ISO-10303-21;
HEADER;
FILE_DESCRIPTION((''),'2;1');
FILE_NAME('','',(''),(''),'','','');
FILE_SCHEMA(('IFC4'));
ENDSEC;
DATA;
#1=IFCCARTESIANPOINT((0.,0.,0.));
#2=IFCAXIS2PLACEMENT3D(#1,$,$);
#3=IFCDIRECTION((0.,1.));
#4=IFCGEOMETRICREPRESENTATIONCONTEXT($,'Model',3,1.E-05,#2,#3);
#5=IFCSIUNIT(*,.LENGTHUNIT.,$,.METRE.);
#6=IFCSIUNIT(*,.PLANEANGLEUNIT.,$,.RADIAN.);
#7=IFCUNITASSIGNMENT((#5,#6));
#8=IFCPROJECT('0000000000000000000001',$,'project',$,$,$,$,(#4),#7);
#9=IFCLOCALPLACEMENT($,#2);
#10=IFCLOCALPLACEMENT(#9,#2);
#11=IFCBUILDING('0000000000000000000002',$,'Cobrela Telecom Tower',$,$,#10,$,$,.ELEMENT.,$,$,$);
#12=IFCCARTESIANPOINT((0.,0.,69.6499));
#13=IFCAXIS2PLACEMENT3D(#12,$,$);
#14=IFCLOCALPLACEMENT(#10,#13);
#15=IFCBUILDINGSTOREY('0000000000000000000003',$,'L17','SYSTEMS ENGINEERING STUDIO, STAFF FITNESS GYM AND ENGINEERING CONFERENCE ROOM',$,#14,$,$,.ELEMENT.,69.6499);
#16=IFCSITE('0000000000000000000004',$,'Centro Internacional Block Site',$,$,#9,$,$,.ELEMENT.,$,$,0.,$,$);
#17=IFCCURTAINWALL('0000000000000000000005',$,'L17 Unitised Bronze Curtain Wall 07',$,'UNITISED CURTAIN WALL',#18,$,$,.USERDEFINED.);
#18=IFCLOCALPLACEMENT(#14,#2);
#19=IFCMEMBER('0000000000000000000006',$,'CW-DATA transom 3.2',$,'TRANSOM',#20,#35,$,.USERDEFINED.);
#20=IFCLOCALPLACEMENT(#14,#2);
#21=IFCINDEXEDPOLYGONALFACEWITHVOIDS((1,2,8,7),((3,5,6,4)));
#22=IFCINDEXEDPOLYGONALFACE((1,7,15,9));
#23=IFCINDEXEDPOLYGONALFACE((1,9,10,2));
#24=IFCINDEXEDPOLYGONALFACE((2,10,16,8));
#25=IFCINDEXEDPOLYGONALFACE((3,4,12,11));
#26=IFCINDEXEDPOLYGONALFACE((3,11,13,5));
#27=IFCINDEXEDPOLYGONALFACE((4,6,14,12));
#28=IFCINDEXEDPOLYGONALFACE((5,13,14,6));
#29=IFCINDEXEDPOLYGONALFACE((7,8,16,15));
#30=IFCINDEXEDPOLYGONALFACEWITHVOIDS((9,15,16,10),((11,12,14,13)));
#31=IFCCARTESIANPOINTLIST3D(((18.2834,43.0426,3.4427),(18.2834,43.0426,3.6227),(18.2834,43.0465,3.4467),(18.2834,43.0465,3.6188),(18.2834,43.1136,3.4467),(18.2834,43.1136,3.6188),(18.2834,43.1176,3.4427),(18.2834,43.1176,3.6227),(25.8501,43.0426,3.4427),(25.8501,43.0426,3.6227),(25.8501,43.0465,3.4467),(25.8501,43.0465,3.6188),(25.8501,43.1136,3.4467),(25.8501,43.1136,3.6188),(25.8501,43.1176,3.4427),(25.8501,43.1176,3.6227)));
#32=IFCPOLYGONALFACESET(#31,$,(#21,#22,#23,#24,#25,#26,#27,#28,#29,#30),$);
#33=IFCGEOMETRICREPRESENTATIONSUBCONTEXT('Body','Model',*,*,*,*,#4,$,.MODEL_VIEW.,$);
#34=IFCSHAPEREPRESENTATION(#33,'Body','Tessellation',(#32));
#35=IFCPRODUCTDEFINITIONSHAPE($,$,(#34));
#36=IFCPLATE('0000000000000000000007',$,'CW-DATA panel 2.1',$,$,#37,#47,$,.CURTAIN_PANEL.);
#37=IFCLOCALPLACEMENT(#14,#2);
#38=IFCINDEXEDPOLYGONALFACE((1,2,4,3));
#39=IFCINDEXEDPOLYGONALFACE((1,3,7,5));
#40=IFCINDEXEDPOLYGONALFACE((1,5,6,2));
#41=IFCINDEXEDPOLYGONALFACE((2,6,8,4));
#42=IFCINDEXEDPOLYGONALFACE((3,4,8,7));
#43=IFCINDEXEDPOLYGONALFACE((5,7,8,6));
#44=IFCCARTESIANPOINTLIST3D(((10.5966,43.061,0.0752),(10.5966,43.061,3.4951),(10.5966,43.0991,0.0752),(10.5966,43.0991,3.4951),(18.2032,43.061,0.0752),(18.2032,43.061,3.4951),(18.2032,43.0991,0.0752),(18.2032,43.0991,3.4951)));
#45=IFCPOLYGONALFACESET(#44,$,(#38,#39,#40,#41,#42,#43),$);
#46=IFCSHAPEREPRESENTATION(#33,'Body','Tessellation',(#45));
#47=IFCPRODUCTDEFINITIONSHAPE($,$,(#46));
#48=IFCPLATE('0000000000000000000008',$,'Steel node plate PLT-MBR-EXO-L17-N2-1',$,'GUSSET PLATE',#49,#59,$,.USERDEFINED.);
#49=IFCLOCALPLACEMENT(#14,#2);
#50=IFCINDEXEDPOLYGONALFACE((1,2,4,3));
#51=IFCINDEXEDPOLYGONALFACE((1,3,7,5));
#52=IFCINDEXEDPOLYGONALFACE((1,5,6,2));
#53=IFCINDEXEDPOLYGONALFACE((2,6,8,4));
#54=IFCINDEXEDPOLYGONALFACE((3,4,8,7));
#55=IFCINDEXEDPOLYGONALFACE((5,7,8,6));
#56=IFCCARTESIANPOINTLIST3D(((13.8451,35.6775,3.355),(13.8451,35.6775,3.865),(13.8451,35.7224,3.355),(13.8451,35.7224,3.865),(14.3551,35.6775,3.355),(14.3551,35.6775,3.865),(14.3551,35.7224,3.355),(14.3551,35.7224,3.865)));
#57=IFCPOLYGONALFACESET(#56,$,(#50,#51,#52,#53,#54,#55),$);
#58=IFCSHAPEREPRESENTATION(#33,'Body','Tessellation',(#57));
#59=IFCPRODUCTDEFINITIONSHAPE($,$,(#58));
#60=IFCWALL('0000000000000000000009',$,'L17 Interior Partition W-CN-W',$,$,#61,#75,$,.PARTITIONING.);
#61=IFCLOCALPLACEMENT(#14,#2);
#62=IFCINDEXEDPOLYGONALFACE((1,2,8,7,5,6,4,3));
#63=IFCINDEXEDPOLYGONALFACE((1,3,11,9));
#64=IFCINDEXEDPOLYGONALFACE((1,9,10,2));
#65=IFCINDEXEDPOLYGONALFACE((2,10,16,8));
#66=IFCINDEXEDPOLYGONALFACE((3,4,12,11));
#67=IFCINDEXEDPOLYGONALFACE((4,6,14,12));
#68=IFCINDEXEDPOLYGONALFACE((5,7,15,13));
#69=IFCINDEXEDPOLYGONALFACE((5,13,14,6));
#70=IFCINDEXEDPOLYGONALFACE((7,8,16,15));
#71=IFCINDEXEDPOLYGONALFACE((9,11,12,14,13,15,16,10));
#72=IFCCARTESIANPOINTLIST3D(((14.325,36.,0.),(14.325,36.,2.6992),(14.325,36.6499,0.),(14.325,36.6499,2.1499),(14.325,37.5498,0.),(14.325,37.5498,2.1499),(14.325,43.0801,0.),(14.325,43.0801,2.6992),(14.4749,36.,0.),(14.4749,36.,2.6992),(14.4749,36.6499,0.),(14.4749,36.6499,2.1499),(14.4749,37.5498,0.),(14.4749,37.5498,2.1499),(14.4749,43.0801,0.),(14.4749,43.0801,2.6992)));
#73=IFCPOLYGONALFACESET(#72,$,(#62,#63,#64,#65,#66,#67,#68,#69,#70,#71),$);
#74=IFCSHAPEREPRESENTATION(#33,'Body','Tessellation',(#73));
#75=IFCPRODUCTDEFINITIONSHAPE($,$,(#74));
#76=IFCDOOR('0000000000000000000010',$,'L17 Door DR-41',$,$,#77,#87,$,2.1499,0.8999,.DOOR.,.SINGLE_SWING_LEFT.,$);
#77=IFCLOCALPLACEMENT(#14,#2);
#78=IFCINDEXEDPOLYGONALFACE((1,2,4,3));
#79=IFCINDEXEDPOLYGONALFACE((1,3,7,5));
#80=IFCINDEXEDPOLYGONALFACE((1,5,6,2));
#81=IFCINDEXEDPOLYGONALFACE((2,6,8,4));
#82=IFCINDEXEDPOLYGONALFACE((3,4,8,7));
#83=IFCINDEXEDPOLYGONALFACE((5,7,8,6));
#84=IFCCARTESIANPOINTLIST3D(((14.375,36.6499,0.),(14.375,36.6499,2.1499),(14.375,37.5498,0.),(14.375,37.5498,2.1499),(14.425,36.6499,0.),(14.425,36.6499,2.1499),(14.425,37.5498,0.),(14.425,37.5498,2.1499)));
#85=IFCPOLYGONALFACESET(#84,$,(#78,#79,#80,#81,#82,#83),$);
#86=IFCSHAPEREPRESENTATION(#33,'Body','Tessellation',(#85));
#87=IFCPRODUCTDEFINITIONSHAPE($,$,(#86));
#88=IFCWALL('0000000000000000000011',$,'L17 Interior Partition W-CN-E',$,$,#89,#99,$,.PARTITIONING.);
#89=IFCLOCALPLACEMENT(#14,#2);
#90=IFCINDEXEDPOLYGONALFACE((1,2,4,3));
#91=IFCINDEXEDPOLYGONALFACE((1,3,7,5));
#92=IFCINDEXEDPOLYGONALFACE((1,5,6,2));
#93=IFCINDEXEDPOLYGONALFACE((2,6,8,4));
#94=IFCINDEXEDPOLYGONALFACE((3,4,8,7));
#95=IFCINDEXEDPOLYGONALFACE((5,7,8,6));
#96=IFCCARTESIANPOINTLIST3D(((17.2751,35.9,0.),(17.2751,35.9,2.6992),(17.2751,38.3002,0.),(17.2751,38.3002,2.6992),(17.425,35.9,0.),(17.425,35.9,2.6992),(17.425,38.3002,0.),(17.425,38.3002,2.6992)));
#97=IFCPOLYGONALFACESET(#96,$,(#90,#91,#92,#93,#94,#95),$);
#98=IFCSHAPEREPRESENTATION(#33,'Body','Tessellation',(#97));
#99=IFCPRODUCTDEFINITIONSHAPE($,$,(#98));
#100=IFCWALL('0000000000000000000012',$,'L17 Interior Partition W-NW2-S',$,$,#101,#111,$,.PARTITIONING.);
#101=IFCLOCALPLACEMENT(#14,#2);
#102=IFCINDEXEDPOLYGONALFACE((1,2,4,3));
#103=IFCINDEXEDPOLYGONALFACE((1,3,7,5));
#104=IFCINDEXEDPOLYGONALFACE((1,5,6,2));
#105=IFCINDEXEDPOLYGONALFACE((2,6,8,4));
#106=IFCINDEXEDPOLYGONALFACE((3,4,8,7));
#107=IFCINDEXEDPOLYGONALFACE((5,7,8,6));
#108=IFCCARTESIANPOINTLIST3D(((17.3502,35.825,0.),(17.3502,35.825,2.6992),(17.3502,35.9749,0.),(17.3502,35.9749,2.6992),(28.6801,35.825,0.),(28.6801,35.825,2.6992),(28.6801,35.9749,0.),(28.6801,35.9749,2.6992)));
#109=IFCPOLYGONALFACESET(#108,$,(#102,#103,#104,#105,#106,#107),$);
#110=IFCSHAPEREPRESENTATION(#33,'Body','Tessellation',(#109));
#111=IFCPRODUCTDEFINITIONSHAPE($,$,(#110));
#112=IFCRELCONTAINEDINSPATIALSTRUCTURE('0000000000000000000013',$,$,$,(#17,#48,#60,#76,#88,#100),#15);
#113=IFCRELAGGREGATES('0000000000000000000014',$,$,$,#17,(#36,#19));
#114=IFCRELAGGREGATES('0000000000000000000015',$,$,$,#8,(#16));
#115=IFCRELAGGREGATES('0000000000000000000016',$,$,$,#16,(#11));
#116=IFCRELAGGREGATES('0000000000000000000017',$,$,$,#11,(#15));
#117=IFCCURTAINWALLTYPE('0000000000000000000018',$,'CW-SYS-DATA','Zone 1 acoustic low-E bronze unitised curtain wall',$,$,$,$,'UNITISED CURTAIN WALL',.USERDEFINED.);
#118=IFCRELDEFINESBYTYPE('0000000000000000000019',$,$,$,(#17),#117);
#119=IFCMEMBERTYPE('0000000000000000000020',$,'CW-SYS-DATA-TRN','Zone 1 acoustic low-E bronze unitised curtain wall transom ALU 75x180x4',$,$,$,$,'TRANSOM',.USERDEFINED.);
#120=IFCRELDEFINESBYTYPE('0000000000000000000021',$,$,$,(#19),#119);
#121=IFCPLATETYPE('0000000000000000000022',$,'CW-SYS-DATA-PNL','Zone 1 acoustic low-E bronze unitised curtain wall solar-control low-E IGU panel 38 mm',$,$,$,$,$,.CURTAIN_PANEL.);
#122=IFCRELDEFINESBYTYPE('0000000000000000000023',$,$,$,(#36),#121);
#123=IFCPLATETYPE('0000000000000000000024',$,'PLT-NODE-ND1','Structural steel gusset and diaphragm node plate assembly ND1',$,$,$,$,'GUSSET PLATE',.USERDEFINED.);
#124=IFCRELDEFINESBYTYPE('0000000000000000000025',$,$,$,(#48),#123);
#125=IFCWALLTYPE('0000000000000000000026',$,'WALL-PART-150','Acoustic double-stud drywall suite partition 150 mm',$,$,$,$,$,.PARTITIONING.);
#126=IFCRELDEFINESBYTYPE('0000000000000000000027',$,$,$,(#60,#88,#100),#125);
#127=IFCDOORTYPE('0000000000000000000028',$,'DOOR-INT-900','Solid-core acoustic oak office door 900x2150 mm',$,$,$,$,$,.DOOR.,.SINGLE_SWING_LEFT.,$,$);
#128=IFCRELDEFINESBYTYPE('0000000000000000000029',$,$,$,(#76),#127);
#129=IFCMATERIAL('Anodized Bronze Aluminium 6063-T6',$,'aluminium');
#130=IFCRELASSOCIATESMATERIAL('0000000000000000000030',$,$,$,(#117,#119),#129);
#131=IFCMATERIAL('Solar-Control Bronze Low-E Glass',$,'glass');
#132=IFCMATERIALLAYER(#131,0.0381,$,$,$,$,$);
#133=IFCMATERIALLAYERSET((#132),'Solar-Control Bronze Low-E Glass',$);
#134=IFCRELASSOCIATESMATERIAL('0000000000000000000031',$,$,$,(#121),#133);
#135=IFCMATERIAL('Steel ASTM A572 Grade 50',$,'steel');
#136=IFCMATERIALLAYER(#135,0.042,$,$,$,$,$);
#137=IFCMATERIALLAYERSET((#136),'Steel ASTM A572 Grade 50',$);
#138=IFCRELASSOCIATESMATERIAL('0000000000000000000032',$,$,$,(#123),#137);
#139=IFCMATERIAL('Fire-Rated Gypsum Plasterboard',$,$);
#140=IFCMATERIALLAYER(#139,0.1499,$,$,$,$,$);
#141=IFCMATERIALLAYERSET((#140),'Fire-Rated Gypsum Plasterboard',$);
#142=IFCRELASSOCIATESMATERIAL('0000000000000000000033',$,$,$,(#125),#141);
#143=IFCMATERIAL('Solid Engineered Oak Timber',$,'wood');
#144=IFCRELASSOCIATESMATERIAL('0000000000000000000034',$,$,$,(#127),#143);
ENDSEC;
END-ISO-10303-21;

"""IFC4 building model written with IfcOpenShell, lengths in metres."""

from ifc_helpers import new_model, si_unit, direction, frame, frame_2d, origin, origin_2d, place, context, subcontext, project, spatial, rectangle, hollow_rectangle, extrude, material, layer, layer_set, material_profile, profile_set, type_object, element, fill, aggregate, save


model = new_model("IFC4")

# Units and contexts
model_context = context("Model", 3, precision=1e-05, world=origin(), true_north=direction((0.0, 1.0)))
body_context = subcontext(model_context, "Body", "Model", "MODEL_VIEW")
ifc_project = project(units=[si_unit("LENGTHUNIT", "METRE"), si_unit("PLANEANGLEUNIT", "RADIAN")], contexts=[model_context])

# Site, building, storey
site_placement = place(None, origin())
site = spatial("IfcSite", under=ifc_project, at=site_placement, Name="Centro Internacional Block Site", CompositionType="ELEMENT", RefElevation=0.0)
building_placement = place(site_placement, origin())
building = spatial("IfcBuilding", under=site, at=building_placement, Name="Cobrela Telecom Tower", CompositionType="ELEMENT")
storey_placement = place(building_placement, frame((0.0, 0.0, 69.6499)))
storey = spatial("IfcBuildingStorey", under=building, at=storey_placement, Name="L17", Description="SYSTEMS ENGINEERING STUDIO, STAFF FITNESS GYM AND ENGINEERING CONFERENCE ROOM", CompositionType="ELEMENT", Elevation=69.6499)

# Shared definitions
ifc_material_1 = material(Name="Steel ASTM A572 Grade 50", Category="steel")

# Curtain wall, member, plate
ifc_material_2 = material(Name="Anodized Bronze Aluminium 6063-T6", Category="aluminium")
curtain_wall_type = type_object("IfcCurtainWallType", Name="CW-SYS-DATA", Description="Zone 1 acoustic low-E bronze unitised curtain wall", ElementType="UNITISED CURTAIN WALL", PredefinedType="USERDEFINED", material=ifc_material_2)
curtain_wall_placement = place(storey_placement, origin())
curtain_wall = element("IfcCurtainWall", 1, at=curtain_wall_placement, inside=storey, type_object=curtain_wall_type, Name="L17 Unitised Bronze Curtain Wall 07", ObjectType="UNITISED CURTAIN WALL", PredefinedType="USERDEFINED")
ifc_material_profile_1 = material_profile(ifc_material_2, hollow_rectangle(XDim=0.075, YDim=0.1799, WallThickness=0.0039, at=origin_2d()), Name="ALU 75x180x4")
ifc_profile_set_1 = profile_set([ifc_material_profile_1], Name="Anodized Bronze Aluminium 6063-T6")
member_type_1 = type_object("IfcMemberType", Name="CW-SYS-DATA-TRN", Description="Zone 1 acoustic low-E bronze unitised curtain wall transom ALU 75x180x4", ElementType="TRANSOM", PredefinedType="USERDEFINED", material=ifc_profile_set_1)
member_1_placement = place(storey_placement, frame((18.2834, 43.0801, 3.5327), z_axis=(1.0, 0.0, 0.0), x_axis=(0.0, 1.0, 0.0)))
member_1 = element("IfcMember", 2, at=member_1_placement, type_object=member_type_1, Name="CW-DATA transom 3.2", ObjectType="TRANSOM", PredefinedType="USERDEFINED", context=body_context, shape_type="SweptSolid", body=[
    extrude(hollow_rectangle(XDim=0.075, YDim=0.1799, WallThickness=0.0039, at=origin_2d()), origin(), (0.0, 0.0, 1.0), 7.5667),
])
ifc_material_3 = material(Name="Solar-Control Bronze Low-E Glass", Category="glass")
ifc_layer_1 = layer(ifc_material_3, 0.0381)
ifc_layer_set_1 = layer_set([ifc_layer_1], Name="Solar-Control Bronze Low-E Glass")
plate_type_1 = type_object("IfcPlateType", Name="CW-SYS-DATA-PNL", Description="Zone 1 acoustic low-E bronze unitised curtain wall solar-control low-E IGU panel 38 mm", PredefinedType="CURTAIN_PANEL", material=ifc_layer_set_1)
plate_1_placement = place(storey_placement, frame((14.3999, 43.0801, 0.0752), z_axis=(0.0, 0.0, 1.0), x_axis=(1.0, 0.0, 0.0)))
plate_1 = element("IfcPlate", 3, at=plate_1_placement, type_object=plate_type_1, Name="CW-DATA panel 2.1", PredefinedType="CURTAIN_PANEL", context=body_context, shape_type="SweptSolid", body=[
    extrude(rectangle(XDim=7.6067, YDim=0.0381, at=origin_2d()), origin(), (0.0, 0.0, 1.0), 3.4199),
])
aggregate(curtain_wall, [plate_1, member_1])

# Plate
ifc_layer_2 = layer(ifc_material_1, 0.042)
ifc_layer_set_2 = layer_set([ifc_layer_2], Name="Steel ASTM A572 Grade 50")
plate_type_2 = type_object("IfcPlateType", Name="PLT-NODE-ND1", Description="Structural steel gusset and diaphragm node plate assembly ND1", ElementType="GUSSET PLATE", PredefinedType="USERDEFINED", material=ifc_layer_set_2)
plate_2_placement = place(storey_placement, frame((14.1001, 35.7, 3.355), z_axis=(0.0, 0.0, 1.0), x_axis=(1.0, 0.0, 0.0)))
element("IfcPlate", 4, at=plate_2_placement, inside=storey, type_object=plate_type_2, Name="Steel node plate PLT-MBR-EXO-L17-N2-1", ObjectType="GUSSET PLATE", PredefinedType="USERDEFINED", context=body_context, shape_type="SweptSolid", body=[
    extrude(rectangle(XDim=0.51, YDim=0.0449, at=origin_2d()), origin(), (0.0, 0.0, 1.0), 0.51),
])

# Wall, opening, door
ifc_material_4 = material(Name="Fire-Rated Gypsum Plasterboard")
ifc_layer_3 = layer(ifc_material_4, 0.1499)
ifc_layer_set_3 = layer_set([ifc_layer_3], Name="Fire-Rated Gypsum Plasterboard")
wall_type = type_object("IfcWallType", Name="WALL-PART-150", Description="Acoustic double-stud drywall suite partition 150 mm", PredefinedType="PARTITIONING", material=ifc_layer_set_3)
wall_1_placement = place(storey_placement, frame((14.3999, 36.0, 0.0), z_axis=(0.0, 0.0, 1.0), x_axis=(0.0, 1.0, 0.0)))
wall_1 = element("IfcWall", 5, at=wall_1_placement, inside=storey, type_object=wall_type, Name="L17 Interior Partition W-CN-W", PredefinedType="PARTITIONING", context=body_context, shape_type="SweptSolid", body=[
    extrude(rectangle(XDim=7.0801, YDim=0.1499, at=frame_2d((3.54, 0.0))), origin(), (0.0, 0.0, 1.0), 2.6992),
])
opening_1_placement = place(wall_1_placement, frame((0.6499, 0.0, 0.0)))
opening_1 = element("IfcOpeningElement", 6, at=opening_1_placement, cuts=wall_1, PredefinedType="OPENING", context=body_context, shape_type="SweptSolid", body=[
    extrude(rectangle(XDim=0.8999, YDim=2.1499, at=frame_2d((0.45, 1.075))), frame((0.0, 0.0869, 0.0), z_axis=(0.0, -1.0, 0.0), x_axis=(1.0, 0.0, 0.0)), (0.0, 0.0, 1.0), 0.1738),
])
ifc_material_5 = material(Name="Solid Engineered Oak Timber", Category="wood")
door_type_1 = type_object("IfcDoorType", Name="DOOR-INT-900", Description="Solid-core acoustic oak office door 900x2150 mm", OperationType="SINGLE_SWING_LEFT", PredefinedType="DOOR", material=ifc_material_5)
door_1_placement = place(opening_1_placement, origin())
door_1 = element("IfcDoor", 7, at=door_1_placement, inside=storey, type_object=door_type_1, Name="L17 Door DR-41", OperationType="SINGLE_SWING_LEFT", OverallHeight=2.1499, OverallWidth=0.8999, PredefinedType="DOOR", context=body_context, shape_type="SweptSolid", body=[
    extrude(rectangle(XDim=0.8999, YDim=2.1499, at=frame_2d((0.45, 1.075))), frame((0.0, 0.0249, 0.0), z_axis=(0.0, -1.0, 0.0), x_axis=(1.0, 0.0, 0.0)), (0.0, 0.0, 1.0), 0.05),
])
fill(opening_1, door_1)

# Wall
wall_2_placement = place(storey_placement, frame((17.3501, 35.8999, 0.0), z_axis=(0.0, 0.0, 1.0), x_axis=(0.0, 1.0, 0.0)))
element("IfcWall", 8, at=wall_2_placement, inside=storey, type_object=wall_type, Name="L17 Interior Partition W-CN-E", PredefinedType="PARTITIONING", context=body_context, shape_type="SweptSolid", body=[
    extrude(rectangle(XDim=2.4001, YDim=0.1499, at=frame_2d((1.2002, 0.0))), origin(), (0.0, 0.0, 1.0), 2.6992),
])

# Wall
wall_3_placement = place(storey_placement, frame((17.3501, 35.8999, 0.0), z_axis=(0.0, 0.0, 1.0), x_axis=(1.0, 0.0, 0.0)))
element("IfcWall", 9, at=wall_3_placement, inside=storey, type_object=wall_type, Name="L17 Interior Partition W-NW2-S", PredefinedType="PARTITIONING", context=body_context, shape_type="SweptSolid", body=[
    extrude(rectangle(XDim=11.3298, YDim=0.1499, at=frame_2d((5.665, 0.0))), origin(), (0.0, 0.0, 1.0), 2.6992),
])

save(model, "model.ifc")
